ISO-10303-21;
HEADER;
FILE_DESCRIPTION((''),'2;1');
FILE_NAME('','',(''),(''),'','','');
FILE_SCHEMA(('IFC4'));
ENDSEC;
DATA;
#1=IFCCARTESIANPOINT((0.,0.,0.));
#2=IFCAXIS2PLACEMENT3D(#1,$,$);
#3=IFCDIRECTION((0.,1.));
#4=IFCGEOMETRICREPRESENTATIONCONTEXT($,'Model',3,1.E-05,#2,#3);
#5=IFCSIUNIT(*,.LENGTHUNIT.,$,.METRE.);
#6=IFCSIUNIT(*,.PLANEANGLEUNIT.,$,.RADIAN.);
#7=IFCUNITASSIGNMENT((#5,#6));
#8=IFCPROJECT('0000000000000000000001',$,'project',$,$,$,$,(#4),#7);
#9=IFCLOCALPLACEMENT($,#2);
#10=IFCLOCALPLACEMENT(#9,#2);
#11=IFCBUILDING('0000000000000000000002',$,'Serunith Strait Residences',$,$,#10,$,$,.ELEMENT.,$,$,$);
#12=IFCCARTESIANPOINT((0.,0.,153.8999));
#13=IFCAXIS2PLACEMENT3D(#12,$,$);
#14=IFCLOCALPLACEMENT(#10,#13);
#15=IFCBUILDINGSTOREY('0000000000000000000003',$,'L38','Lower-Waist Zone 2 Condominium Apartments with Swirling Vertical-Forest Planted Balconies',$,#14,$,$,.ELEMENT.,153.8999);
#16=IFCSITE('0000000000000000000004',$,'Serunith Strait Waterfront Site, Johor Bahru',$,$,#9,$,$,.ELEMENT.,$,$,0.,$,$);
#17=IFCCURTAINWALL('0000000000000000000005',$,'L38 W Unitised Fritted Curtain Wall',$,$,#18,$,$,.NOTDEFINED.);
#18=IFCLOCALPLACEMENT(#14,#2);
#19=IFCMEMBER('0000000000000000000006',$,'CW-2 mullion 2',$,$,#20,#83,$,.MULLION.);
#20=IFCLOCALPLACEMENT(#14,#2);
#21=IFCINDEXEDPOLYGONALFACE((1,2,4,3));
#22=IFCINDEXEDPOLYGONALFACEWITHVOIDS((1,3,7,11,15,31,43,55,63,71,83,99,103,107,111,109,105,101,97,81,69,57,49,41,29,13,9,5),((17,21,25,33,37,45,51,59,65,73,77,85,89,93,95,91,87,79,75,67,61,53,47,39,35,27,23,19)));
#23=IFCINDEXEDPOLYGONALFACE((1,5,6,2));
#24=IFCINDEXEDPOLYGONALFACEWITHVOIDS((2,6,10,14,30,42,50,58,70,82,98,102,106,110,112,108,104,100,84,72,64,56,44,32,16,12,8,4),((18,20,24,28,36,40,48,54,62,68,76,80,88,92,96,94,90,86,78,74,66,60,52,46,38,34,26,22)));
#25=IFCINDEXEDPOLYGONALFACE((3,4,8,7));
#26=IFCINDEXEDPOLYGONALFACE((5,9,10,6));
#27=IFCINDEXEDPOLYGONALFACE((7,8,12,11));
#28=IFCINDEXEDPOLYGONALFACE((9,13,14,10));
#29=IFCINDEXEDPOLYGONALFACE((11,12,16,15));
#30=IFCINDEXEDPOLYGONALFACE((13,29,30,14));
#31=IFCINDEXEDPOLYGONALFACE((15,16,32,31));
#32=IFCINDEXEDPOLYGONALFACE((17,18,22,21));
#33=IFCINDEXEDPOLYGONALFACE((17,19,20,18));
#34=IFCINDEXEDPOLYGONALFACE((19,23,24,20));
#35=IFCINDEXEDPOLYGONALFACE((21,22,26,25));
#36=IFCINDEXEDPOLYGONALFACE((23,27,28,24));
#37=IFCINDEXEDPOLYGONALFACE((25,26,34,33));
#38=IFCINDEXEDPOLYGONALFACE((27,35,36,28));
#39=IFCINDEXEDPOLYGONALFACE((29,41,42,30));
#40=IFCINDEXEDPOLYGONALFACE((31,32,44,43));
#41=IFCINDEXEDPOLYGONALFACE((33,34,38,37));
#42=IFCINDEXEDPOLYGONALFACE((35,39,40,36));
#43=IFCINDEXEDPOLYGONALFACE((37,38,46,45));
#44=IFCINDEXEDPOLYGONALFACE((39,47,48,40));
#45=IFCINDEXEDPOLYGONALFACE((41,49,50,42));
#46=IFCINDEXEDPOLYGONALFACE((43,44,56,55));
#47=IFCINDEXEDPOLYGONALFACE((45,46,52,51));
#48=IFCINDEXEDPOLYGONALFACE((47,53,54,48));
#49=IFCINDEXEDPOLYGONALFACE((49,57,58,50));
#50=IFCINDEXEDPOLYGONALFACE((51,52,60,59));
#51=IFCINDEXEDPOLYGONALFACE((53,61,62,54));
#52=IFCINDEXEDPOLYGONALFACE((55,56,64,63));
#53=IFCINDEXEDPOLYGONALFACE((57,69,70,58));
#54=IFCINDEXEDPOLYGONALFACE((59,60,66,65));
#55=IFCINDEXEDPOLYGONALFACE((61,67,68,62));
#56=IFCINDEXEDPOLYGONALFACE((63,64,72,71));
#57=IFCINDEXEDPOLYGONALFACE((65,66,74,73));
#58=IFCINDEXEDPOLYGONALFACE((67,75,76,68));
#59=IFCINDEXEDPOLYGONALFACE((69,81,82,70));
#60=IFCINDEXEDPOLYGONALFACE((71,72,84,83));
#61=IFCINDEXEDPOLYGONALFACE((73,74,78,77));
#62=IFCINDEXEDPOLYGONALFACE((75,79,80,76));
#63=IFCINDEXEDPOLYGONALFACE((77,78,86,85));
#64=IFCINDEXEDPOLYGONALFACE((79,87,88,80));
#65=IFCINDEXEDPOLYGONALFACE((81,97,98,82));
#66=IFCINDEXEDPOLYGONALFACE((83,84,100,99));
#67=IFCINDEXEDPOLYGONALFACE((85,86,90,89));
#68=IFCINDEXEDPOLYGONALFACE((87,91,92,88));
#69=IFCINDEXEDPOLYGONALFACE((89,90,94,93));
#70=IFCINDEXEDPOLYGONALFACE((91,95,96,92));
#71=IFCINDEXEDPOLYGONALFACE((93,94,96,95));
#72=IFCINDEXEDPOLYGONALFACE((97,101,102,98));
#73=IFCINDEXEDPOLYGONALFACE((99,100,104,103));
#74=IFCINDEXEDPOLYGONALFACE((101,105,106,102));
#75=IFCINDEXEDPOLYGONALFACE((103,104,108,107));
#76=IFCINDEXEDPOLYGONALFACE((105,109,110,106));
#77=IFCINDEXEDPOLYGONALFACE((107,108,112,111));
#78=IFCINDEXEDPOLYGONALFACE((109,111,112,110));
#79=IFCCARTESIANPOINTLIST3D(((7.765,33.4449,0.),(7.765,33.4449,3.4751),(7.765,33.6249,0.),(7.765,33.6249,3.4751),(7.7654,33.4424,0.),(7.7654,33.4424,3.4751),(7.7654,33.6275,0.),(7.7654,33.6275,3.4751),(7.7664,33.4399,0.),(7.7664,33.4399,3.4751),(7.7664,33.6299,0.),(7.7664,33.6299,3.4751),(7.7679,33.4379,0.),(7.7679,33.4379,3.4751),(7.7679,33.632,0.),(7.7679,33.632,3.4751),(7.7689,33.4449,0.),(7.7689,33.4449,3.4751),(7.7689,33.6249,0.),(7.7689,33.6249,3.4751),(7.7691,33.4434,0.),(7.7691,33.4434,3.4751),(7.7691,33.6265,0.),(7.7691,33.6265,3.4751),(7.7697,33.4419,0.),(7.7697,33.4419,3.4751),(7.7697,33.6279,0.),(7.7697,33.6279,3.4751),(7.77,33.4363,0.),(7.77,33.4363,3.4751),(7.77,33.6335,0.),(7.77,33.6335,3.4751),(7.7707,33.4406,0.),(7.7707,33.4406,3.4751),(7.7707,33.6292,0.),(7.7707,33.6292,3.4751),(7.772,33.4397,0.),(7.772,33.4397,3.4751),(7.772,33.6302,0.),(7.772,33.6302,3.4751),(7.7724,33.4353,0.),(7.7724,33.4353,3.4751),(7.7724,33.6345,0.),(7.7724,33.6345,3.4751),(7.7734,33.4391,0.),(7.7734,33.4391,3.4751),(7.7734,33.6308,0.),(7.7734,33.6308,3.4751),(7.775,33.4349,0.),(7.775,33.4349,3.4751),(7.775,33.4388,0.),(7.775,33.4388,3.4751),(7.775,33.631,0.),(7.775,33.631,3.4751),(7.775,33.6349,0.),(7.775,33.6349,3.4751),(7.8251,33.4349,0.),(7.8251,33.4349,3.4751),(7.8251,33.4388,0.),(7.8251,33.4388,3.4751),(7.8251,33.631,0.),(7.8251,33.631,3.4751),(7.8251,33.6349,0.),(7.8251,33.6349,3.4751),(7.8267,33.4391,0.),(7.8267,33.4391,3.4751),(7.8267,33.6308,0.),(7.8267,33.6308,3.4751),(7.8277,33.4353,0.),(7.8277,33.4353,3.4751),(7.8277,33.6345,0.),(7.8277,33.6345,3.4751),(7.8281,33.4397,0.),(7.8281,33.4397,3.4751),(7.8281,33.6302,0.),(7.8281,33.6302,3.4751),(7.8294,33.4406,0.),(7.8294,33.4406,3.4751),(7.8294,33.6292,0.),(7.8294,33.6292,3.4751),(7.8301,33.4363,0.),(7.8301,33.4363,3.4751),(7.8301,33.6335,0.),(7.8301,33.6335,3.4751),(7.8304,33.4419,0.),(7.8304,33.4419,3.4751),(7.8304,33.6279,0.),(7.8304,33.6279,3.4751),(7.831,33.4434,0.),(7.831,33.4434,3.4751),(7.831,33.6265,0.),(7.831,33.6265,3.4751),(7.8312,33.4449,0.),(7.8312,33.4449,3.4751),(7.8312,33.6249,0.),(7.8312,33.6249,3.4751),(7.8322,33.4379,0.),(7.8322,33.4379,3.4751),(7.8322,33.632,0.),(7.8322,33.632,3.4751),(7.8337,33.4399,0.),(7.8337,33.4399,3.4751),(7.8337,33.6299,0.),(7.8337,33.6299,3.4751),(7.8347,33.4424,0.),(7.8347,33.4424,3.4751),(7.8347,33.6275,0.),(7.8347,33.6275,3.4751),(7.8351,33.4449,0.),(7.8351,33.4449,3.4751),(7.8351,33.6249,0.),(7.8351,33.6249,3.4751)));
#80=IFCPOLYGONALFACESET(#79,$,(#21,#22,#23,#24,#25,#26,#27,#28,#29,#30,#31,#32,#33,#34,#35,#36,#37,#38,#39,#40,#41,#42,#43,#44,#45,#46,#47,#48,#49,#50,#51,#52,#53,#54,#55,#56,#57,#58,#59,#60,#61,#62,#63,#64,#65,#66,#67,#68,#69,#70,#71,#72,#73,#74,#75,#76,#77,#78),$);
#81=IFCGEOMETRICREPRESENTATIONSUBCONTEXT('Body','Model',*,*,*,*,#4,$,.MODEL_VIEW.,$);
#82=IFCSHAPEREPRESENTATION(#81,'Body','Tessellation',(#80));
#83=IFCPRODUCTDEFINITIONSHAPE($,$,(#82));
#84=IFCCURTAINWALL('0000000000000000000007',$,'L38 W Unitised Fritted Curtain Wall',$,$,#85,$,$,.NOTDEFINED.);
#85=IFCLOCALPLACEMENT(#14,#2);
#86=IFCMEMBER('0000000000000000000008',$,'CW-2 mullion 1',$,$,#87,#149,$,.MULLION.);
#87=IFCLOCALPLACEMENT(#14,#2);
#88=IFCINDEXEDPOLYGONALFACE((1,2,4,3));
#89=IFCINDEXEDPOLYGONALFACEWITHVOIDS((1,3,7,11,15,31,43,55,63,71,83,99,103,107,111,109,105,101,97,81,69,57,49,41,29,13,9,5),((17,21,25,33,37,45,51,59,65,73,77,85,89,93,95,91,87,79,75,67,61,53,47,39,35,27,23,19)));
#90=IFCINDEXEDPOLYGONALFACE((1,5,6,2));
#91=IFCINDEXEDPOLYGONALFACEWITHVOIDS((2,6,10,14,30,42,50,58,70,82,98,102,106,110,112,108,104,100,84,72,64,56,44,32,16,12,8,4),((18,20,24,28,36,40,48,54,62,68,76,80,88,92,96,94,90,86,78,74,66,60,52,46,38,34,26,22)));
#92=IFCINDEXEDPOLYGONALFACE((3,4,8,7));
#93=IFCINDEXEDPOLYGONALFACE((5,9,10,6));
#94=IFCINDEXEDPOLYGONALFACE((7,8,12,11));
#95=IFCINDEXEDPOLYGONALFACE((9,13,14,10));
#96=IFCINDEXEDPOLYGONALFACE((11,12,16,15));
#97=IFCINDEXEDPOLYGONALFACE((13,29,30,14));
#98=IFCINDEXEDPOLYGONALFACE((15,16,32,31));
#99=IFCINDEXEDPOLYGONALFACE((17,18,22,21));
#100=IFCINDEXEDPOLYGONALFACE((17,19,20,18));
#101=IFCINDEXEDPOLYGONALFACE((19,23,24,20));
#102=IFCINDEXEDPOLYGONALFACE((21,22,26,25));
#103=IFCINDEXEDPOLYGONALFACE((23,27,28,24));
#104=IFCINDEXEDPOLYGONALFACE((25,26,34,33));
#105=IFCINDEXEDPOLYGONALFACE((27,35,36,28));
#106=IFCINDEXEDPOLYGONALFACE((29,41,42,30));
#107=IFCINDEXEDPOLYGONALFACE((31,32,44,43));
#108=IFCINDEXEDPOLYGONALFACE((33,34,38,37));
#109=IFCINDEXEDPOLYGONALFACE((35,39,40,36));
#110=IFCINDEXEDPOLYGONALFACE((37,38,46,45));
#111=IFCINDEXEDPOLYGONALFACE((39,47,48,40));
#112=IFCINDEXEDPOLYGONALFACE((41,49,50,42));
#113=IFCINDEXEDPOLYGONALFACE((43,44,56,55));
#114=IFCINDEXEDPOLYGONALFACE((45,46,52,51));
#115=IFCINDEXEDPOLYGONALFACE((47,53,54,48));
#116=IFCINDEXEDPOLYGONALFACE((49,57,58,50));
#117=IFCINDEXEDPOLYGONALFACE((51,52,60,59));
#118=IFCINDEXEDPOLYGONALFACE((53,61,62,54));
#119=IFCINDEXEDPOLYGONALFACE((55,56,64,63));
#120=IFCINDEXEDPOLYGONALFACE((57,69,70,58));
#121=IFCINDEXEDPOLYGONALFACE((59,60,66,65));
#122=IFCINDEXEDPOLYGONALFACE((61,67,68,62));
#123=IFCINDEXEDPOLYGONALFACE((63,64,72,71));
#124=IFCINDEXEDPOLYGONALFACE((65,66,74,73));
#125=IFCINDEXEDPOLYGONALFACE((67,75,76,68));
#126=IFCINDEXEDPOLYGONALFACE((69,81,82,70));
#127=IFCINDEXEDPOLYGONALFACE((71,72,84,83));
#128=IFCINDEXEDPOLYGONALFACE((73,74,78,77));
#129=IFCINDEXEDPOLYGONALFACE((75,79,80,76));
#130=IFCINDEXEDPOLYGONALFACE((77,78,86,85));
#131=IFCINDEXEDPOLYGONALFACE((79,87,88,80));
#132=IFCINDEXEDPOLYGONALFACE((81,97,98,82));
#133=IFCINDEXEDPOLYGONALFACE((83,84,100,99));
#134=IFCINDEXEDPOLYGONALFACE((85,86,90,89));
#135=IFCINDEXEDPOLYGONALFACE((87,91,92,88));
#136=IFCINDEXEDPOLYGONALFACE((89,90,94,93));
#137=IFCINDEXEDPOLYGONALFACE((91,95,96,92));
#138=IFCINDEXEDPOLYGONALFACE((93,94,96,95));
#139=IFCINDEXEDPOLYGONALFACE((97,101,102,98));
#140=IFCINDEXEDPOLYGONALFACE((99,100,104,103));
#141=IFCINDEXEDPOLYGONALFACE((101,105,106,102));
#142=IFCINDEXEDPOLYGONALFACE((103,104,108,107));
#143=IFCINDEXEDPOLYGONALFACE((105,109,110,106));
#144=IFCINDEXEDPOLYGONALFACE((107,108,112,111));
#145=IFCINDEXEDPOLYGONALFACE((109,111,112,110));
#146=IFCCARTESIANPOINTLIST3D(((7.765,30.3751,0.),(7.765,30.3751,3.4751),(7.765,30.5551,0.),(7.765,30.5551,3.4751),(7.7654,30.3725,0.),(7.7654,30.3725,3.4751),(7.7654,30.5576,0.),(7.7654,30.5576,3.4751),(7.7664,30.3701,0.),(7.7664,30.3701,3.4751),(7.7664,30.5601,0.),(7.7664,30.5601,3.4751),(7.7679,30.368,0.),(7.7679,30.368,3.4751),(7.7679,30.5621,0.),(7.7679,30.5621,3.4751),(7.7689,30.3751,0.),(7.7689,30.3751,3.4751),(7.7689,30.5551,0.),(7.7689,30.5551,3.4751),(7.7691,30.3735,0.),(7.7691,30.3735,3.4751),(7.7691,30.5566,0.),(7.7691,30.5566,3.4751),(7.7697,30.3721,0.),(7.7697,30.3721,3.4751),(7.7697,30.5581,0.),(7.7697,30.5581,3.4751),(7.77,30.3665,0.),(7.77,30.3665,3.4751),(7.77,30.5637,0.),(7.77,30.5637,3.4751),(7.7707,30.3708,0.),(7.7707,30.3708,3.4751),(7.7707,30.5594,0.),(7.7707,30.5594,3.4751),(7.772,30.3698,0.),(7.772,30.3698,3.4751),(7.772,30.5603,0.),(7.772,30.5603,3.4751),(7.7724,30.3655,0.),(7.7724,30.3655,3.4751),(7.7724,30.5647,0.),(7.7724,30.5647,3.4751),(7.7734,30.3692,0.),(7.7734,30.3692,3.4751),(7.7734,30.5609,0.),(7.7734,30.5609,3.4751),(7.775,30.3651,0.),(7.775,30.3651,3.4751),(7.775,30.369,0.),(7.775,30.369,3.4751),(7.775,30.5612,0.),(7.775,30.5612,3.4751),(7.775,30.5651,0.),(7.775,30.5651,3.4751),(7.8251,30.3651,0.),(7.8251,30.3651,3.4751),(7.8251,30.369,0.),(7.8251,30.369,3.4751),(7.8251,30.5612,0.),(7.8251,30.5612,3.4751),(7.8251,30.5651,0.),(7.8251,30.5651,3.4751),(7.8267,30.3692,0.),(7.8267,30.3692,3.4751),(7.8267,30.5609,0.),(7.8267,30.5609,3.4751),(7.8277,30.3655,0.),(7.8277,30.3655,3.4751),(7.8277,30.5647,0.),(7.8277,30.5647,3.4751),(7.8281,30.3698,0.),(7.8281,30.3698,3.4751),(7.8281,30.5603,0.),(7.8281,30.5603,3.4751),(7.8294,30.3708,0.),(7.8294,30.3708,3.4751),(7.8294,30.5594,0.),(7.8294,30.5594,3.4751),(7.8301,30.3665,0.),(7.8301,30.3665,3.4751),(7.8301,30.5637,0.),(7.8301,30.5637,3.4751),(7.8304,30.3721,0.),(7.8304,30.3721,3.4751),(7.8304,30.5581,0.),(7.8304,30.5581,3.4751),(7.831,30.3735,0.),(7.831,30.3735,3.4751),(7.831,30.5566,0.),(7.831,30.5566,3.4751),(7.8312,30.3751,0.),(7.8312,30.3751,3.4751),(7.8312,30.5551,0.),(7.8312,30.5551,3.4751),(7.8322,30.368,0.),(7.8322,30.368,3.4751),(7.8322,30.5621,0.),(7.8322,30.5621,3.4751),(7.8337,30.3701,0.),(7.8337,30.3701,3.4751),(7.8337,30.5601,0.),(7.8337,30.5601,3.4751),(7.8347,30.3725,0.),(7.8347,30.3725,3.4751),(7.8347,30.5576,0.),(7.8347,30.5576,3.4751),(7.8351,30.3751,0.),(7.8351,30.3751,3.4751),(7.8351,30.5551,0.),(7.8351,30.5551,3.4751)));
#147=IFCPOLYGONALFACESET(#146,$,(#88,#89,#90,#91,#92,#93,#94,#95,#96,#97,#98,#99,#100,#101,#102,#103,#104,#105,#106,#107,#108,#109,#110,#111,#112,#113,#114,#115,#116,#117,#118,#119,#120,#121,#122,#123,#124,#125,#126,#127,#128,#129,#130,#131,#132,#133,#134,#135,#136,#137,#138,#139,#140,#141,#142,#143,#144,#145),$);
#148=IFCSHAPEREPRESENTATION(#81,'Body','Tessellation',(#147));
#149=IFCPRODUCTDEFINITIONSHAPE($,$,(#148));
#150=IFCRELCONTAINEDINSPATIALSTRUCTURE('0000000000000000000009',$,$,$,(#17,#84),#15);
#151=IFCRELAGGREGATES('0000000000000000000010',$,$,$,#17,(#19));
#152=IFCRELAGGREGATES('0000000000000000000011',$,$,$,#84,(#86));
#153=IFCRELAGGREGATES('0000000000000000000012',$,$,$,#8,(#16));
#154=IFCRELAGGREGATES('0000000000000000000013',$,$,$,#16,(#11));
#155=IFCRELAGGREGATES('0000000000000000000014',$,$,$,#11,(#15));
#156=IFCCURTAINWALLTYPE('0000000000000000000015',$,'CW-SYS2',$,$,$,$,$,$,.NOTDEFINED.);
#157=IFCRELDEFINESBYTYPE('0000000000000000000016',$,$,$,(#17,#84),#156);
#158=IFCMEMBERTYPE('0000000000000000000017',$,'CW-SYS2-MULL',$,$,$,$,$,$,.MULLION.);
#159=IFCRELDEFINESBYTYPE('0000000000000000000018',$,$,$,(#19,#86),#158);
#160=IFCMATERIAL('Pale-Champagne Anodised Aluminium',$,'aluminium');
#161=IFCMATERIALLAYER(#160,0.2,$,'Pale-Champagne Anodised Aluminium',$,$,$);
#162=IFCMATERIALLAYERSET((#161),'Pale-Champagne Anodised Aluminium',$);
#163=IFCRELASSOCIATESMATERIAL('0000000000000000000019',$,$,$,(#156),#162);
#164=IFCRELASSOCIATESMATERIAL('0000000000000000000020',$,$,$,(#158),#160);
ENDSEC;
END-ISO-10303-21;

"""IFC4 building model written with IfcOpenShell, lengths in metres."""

from ifc_helpers import new_model, si_unit, direction, frame, origin, origin_2d, place, context, subcontext, project, spatial, hollow_rectangle, extrude, source, transform, mapped, material, layer, layer_set, material_profile, profile_set, type_object, element, aggregate, save


model = new_model("IFC4")

# Units and contexts
model_context = context("Model", 3, precision=1e-05, world=origin(), true_north=direction((0.0, 1.0)))
body_context = subcontext(model_context, "Body", "Model", "MODEL_VIEW")
ifc_project = project(units=[si_unit("LENGTHUNIT", "METRE"), si_unit("PLANEANGLEUNIT", "RADIAN")], contexts=[model_context])

# Site, building, storey
site_placement = place(None, origin())
site = spatial("IfcSite", under=ifc_project, at=site_placement, Name="Serunith Strait Waterfront Site, Johor Bahru", CompositionType="ELEMENT", RefElevation=0.0)
building_placement = place(site_placement, origin())
building = spatial("IfcBuilding", under=site, at=building_placement, Name="Serunith Strait Residences", CompositionType="ELEMENT")
storey_placement = place(building_placement, frame((0.0, 0.0, 153.8999)))
storey = spatial("IfcBuildingStorey", under=building, at=storey_placement, Name="L38", Description="Lower-Waist Zone 2 Condominium Apartments with Swirling Vertical-Forest Planted Balconies", CompositionType="ELEMENT", Elevation=153.8999)

# Curtain wall, member
ifc_material_1 = material(Name="Pale-Champagne Anodised Aluminium", Category="aluminium")
ifc_layer_1 = layer(ifc_material_1, 0.2, Name="Pale-Champagne Anodised Aluminium")
ifc_layer_set_1 = layer_set([ifc_layer_1], Name="Pale-Champagne Anodised Aluminium")
curtain_wall_type = type_object("IfcCurtainWallType", Name="CW-SYS2", PredefinedType="NOTDEFINED", material=ifc_layer_set_1)
curtain_wall_1_placement = place(storey_placement, origin())
curtain_wall_1 = element("IfcCurtainWall", 1, at=curtain_wall_1_placement, inside=storey, type_object=curtain_wall_type, Name="L38 W Unitised Fritted Curtain Wall", PredefinedType="NOTDEFINED")
ifc_material_profile_1 = material_profile(ifc_material_1, hollow_rectangle(XDim=0.0701, YDim=0.2, WallThickness=0.0039, InnerFilletRadius=0.0061, OuterFilletRadius=0.01, at=origin_2d()), Name="ALU 200x70x4")
ifc_profile_set_1 = profile_set([ifc_material_profile_1], Name="Pale-Champagne Anodised Aluminium")
member_type_1 = type_object("IfcMemberType", Name="CW-SYS2-MULL", PredefinedType="MULLION", material=ifc_profile_set_1)
shared_shape_1 = source(origin(), body_context, "Body", "SweptSolid", [
    extrude(hollow_rectangle(XDim=0.0701, YDim=0.2, WallThickness=0.0039, InnerFilletRadius=0.0061, OuterFilletRadius=0.01, at=origin_2d()), origin(), (0.0, 0.0, 1.0), 3.4751),
])
member_1_placement = place(storey_placement, frame((7.8, 33.5349, 0.0), z_axis=(0.0, 0.0, 1.0), x_axis=(1.0, 0.0, 0.0)))
member_1 = element("IfcMember", 2, at=member_1_placement, type_object=member_type_1, Name="CW-2 mullion 2", PredefinedType="MULLION", context=body_context, shape_type="MappedRepresentation", body=[
    mapped(shared_shape_1, transform((0.0, 0.0, 0.0), scale=1.0)),
])
aggregate(curtain_wall_1, [member_1])

# Curtain wall, member
curtain_wall_2_placement = place(storey_placement, origin())
curtain_wall_2 = element("IfcCurtainWall", 3, at=curtain_wall_2_placement, inside=storey, type_object=curtain_wall_type, Name="L38 W Unitised Fritted Curtain Wall", PredefinedType="NOTDEFINED")
member_2_placement = place(storey_placement, frame((7.8, 30.4651, 0.0), z_axis=(0.0, 0.0, 1.0), x_axis=(1.0, 0.0, 0.0)))
member_2 = element("IfcMember", 4, at=member_2_placement, type_object=member_type_1, Name="CW-2 mullion 1", PredefinedType="MULLION", context=body_context, shape_type="MappedRepresentation", body=[
    mapped(shared_shape_1, transform((0.0, 0.0, 0.0), scale=1.0)),
])
aggregate(curtain_wall_2, [member_2])

save(model, "model.ifc")
